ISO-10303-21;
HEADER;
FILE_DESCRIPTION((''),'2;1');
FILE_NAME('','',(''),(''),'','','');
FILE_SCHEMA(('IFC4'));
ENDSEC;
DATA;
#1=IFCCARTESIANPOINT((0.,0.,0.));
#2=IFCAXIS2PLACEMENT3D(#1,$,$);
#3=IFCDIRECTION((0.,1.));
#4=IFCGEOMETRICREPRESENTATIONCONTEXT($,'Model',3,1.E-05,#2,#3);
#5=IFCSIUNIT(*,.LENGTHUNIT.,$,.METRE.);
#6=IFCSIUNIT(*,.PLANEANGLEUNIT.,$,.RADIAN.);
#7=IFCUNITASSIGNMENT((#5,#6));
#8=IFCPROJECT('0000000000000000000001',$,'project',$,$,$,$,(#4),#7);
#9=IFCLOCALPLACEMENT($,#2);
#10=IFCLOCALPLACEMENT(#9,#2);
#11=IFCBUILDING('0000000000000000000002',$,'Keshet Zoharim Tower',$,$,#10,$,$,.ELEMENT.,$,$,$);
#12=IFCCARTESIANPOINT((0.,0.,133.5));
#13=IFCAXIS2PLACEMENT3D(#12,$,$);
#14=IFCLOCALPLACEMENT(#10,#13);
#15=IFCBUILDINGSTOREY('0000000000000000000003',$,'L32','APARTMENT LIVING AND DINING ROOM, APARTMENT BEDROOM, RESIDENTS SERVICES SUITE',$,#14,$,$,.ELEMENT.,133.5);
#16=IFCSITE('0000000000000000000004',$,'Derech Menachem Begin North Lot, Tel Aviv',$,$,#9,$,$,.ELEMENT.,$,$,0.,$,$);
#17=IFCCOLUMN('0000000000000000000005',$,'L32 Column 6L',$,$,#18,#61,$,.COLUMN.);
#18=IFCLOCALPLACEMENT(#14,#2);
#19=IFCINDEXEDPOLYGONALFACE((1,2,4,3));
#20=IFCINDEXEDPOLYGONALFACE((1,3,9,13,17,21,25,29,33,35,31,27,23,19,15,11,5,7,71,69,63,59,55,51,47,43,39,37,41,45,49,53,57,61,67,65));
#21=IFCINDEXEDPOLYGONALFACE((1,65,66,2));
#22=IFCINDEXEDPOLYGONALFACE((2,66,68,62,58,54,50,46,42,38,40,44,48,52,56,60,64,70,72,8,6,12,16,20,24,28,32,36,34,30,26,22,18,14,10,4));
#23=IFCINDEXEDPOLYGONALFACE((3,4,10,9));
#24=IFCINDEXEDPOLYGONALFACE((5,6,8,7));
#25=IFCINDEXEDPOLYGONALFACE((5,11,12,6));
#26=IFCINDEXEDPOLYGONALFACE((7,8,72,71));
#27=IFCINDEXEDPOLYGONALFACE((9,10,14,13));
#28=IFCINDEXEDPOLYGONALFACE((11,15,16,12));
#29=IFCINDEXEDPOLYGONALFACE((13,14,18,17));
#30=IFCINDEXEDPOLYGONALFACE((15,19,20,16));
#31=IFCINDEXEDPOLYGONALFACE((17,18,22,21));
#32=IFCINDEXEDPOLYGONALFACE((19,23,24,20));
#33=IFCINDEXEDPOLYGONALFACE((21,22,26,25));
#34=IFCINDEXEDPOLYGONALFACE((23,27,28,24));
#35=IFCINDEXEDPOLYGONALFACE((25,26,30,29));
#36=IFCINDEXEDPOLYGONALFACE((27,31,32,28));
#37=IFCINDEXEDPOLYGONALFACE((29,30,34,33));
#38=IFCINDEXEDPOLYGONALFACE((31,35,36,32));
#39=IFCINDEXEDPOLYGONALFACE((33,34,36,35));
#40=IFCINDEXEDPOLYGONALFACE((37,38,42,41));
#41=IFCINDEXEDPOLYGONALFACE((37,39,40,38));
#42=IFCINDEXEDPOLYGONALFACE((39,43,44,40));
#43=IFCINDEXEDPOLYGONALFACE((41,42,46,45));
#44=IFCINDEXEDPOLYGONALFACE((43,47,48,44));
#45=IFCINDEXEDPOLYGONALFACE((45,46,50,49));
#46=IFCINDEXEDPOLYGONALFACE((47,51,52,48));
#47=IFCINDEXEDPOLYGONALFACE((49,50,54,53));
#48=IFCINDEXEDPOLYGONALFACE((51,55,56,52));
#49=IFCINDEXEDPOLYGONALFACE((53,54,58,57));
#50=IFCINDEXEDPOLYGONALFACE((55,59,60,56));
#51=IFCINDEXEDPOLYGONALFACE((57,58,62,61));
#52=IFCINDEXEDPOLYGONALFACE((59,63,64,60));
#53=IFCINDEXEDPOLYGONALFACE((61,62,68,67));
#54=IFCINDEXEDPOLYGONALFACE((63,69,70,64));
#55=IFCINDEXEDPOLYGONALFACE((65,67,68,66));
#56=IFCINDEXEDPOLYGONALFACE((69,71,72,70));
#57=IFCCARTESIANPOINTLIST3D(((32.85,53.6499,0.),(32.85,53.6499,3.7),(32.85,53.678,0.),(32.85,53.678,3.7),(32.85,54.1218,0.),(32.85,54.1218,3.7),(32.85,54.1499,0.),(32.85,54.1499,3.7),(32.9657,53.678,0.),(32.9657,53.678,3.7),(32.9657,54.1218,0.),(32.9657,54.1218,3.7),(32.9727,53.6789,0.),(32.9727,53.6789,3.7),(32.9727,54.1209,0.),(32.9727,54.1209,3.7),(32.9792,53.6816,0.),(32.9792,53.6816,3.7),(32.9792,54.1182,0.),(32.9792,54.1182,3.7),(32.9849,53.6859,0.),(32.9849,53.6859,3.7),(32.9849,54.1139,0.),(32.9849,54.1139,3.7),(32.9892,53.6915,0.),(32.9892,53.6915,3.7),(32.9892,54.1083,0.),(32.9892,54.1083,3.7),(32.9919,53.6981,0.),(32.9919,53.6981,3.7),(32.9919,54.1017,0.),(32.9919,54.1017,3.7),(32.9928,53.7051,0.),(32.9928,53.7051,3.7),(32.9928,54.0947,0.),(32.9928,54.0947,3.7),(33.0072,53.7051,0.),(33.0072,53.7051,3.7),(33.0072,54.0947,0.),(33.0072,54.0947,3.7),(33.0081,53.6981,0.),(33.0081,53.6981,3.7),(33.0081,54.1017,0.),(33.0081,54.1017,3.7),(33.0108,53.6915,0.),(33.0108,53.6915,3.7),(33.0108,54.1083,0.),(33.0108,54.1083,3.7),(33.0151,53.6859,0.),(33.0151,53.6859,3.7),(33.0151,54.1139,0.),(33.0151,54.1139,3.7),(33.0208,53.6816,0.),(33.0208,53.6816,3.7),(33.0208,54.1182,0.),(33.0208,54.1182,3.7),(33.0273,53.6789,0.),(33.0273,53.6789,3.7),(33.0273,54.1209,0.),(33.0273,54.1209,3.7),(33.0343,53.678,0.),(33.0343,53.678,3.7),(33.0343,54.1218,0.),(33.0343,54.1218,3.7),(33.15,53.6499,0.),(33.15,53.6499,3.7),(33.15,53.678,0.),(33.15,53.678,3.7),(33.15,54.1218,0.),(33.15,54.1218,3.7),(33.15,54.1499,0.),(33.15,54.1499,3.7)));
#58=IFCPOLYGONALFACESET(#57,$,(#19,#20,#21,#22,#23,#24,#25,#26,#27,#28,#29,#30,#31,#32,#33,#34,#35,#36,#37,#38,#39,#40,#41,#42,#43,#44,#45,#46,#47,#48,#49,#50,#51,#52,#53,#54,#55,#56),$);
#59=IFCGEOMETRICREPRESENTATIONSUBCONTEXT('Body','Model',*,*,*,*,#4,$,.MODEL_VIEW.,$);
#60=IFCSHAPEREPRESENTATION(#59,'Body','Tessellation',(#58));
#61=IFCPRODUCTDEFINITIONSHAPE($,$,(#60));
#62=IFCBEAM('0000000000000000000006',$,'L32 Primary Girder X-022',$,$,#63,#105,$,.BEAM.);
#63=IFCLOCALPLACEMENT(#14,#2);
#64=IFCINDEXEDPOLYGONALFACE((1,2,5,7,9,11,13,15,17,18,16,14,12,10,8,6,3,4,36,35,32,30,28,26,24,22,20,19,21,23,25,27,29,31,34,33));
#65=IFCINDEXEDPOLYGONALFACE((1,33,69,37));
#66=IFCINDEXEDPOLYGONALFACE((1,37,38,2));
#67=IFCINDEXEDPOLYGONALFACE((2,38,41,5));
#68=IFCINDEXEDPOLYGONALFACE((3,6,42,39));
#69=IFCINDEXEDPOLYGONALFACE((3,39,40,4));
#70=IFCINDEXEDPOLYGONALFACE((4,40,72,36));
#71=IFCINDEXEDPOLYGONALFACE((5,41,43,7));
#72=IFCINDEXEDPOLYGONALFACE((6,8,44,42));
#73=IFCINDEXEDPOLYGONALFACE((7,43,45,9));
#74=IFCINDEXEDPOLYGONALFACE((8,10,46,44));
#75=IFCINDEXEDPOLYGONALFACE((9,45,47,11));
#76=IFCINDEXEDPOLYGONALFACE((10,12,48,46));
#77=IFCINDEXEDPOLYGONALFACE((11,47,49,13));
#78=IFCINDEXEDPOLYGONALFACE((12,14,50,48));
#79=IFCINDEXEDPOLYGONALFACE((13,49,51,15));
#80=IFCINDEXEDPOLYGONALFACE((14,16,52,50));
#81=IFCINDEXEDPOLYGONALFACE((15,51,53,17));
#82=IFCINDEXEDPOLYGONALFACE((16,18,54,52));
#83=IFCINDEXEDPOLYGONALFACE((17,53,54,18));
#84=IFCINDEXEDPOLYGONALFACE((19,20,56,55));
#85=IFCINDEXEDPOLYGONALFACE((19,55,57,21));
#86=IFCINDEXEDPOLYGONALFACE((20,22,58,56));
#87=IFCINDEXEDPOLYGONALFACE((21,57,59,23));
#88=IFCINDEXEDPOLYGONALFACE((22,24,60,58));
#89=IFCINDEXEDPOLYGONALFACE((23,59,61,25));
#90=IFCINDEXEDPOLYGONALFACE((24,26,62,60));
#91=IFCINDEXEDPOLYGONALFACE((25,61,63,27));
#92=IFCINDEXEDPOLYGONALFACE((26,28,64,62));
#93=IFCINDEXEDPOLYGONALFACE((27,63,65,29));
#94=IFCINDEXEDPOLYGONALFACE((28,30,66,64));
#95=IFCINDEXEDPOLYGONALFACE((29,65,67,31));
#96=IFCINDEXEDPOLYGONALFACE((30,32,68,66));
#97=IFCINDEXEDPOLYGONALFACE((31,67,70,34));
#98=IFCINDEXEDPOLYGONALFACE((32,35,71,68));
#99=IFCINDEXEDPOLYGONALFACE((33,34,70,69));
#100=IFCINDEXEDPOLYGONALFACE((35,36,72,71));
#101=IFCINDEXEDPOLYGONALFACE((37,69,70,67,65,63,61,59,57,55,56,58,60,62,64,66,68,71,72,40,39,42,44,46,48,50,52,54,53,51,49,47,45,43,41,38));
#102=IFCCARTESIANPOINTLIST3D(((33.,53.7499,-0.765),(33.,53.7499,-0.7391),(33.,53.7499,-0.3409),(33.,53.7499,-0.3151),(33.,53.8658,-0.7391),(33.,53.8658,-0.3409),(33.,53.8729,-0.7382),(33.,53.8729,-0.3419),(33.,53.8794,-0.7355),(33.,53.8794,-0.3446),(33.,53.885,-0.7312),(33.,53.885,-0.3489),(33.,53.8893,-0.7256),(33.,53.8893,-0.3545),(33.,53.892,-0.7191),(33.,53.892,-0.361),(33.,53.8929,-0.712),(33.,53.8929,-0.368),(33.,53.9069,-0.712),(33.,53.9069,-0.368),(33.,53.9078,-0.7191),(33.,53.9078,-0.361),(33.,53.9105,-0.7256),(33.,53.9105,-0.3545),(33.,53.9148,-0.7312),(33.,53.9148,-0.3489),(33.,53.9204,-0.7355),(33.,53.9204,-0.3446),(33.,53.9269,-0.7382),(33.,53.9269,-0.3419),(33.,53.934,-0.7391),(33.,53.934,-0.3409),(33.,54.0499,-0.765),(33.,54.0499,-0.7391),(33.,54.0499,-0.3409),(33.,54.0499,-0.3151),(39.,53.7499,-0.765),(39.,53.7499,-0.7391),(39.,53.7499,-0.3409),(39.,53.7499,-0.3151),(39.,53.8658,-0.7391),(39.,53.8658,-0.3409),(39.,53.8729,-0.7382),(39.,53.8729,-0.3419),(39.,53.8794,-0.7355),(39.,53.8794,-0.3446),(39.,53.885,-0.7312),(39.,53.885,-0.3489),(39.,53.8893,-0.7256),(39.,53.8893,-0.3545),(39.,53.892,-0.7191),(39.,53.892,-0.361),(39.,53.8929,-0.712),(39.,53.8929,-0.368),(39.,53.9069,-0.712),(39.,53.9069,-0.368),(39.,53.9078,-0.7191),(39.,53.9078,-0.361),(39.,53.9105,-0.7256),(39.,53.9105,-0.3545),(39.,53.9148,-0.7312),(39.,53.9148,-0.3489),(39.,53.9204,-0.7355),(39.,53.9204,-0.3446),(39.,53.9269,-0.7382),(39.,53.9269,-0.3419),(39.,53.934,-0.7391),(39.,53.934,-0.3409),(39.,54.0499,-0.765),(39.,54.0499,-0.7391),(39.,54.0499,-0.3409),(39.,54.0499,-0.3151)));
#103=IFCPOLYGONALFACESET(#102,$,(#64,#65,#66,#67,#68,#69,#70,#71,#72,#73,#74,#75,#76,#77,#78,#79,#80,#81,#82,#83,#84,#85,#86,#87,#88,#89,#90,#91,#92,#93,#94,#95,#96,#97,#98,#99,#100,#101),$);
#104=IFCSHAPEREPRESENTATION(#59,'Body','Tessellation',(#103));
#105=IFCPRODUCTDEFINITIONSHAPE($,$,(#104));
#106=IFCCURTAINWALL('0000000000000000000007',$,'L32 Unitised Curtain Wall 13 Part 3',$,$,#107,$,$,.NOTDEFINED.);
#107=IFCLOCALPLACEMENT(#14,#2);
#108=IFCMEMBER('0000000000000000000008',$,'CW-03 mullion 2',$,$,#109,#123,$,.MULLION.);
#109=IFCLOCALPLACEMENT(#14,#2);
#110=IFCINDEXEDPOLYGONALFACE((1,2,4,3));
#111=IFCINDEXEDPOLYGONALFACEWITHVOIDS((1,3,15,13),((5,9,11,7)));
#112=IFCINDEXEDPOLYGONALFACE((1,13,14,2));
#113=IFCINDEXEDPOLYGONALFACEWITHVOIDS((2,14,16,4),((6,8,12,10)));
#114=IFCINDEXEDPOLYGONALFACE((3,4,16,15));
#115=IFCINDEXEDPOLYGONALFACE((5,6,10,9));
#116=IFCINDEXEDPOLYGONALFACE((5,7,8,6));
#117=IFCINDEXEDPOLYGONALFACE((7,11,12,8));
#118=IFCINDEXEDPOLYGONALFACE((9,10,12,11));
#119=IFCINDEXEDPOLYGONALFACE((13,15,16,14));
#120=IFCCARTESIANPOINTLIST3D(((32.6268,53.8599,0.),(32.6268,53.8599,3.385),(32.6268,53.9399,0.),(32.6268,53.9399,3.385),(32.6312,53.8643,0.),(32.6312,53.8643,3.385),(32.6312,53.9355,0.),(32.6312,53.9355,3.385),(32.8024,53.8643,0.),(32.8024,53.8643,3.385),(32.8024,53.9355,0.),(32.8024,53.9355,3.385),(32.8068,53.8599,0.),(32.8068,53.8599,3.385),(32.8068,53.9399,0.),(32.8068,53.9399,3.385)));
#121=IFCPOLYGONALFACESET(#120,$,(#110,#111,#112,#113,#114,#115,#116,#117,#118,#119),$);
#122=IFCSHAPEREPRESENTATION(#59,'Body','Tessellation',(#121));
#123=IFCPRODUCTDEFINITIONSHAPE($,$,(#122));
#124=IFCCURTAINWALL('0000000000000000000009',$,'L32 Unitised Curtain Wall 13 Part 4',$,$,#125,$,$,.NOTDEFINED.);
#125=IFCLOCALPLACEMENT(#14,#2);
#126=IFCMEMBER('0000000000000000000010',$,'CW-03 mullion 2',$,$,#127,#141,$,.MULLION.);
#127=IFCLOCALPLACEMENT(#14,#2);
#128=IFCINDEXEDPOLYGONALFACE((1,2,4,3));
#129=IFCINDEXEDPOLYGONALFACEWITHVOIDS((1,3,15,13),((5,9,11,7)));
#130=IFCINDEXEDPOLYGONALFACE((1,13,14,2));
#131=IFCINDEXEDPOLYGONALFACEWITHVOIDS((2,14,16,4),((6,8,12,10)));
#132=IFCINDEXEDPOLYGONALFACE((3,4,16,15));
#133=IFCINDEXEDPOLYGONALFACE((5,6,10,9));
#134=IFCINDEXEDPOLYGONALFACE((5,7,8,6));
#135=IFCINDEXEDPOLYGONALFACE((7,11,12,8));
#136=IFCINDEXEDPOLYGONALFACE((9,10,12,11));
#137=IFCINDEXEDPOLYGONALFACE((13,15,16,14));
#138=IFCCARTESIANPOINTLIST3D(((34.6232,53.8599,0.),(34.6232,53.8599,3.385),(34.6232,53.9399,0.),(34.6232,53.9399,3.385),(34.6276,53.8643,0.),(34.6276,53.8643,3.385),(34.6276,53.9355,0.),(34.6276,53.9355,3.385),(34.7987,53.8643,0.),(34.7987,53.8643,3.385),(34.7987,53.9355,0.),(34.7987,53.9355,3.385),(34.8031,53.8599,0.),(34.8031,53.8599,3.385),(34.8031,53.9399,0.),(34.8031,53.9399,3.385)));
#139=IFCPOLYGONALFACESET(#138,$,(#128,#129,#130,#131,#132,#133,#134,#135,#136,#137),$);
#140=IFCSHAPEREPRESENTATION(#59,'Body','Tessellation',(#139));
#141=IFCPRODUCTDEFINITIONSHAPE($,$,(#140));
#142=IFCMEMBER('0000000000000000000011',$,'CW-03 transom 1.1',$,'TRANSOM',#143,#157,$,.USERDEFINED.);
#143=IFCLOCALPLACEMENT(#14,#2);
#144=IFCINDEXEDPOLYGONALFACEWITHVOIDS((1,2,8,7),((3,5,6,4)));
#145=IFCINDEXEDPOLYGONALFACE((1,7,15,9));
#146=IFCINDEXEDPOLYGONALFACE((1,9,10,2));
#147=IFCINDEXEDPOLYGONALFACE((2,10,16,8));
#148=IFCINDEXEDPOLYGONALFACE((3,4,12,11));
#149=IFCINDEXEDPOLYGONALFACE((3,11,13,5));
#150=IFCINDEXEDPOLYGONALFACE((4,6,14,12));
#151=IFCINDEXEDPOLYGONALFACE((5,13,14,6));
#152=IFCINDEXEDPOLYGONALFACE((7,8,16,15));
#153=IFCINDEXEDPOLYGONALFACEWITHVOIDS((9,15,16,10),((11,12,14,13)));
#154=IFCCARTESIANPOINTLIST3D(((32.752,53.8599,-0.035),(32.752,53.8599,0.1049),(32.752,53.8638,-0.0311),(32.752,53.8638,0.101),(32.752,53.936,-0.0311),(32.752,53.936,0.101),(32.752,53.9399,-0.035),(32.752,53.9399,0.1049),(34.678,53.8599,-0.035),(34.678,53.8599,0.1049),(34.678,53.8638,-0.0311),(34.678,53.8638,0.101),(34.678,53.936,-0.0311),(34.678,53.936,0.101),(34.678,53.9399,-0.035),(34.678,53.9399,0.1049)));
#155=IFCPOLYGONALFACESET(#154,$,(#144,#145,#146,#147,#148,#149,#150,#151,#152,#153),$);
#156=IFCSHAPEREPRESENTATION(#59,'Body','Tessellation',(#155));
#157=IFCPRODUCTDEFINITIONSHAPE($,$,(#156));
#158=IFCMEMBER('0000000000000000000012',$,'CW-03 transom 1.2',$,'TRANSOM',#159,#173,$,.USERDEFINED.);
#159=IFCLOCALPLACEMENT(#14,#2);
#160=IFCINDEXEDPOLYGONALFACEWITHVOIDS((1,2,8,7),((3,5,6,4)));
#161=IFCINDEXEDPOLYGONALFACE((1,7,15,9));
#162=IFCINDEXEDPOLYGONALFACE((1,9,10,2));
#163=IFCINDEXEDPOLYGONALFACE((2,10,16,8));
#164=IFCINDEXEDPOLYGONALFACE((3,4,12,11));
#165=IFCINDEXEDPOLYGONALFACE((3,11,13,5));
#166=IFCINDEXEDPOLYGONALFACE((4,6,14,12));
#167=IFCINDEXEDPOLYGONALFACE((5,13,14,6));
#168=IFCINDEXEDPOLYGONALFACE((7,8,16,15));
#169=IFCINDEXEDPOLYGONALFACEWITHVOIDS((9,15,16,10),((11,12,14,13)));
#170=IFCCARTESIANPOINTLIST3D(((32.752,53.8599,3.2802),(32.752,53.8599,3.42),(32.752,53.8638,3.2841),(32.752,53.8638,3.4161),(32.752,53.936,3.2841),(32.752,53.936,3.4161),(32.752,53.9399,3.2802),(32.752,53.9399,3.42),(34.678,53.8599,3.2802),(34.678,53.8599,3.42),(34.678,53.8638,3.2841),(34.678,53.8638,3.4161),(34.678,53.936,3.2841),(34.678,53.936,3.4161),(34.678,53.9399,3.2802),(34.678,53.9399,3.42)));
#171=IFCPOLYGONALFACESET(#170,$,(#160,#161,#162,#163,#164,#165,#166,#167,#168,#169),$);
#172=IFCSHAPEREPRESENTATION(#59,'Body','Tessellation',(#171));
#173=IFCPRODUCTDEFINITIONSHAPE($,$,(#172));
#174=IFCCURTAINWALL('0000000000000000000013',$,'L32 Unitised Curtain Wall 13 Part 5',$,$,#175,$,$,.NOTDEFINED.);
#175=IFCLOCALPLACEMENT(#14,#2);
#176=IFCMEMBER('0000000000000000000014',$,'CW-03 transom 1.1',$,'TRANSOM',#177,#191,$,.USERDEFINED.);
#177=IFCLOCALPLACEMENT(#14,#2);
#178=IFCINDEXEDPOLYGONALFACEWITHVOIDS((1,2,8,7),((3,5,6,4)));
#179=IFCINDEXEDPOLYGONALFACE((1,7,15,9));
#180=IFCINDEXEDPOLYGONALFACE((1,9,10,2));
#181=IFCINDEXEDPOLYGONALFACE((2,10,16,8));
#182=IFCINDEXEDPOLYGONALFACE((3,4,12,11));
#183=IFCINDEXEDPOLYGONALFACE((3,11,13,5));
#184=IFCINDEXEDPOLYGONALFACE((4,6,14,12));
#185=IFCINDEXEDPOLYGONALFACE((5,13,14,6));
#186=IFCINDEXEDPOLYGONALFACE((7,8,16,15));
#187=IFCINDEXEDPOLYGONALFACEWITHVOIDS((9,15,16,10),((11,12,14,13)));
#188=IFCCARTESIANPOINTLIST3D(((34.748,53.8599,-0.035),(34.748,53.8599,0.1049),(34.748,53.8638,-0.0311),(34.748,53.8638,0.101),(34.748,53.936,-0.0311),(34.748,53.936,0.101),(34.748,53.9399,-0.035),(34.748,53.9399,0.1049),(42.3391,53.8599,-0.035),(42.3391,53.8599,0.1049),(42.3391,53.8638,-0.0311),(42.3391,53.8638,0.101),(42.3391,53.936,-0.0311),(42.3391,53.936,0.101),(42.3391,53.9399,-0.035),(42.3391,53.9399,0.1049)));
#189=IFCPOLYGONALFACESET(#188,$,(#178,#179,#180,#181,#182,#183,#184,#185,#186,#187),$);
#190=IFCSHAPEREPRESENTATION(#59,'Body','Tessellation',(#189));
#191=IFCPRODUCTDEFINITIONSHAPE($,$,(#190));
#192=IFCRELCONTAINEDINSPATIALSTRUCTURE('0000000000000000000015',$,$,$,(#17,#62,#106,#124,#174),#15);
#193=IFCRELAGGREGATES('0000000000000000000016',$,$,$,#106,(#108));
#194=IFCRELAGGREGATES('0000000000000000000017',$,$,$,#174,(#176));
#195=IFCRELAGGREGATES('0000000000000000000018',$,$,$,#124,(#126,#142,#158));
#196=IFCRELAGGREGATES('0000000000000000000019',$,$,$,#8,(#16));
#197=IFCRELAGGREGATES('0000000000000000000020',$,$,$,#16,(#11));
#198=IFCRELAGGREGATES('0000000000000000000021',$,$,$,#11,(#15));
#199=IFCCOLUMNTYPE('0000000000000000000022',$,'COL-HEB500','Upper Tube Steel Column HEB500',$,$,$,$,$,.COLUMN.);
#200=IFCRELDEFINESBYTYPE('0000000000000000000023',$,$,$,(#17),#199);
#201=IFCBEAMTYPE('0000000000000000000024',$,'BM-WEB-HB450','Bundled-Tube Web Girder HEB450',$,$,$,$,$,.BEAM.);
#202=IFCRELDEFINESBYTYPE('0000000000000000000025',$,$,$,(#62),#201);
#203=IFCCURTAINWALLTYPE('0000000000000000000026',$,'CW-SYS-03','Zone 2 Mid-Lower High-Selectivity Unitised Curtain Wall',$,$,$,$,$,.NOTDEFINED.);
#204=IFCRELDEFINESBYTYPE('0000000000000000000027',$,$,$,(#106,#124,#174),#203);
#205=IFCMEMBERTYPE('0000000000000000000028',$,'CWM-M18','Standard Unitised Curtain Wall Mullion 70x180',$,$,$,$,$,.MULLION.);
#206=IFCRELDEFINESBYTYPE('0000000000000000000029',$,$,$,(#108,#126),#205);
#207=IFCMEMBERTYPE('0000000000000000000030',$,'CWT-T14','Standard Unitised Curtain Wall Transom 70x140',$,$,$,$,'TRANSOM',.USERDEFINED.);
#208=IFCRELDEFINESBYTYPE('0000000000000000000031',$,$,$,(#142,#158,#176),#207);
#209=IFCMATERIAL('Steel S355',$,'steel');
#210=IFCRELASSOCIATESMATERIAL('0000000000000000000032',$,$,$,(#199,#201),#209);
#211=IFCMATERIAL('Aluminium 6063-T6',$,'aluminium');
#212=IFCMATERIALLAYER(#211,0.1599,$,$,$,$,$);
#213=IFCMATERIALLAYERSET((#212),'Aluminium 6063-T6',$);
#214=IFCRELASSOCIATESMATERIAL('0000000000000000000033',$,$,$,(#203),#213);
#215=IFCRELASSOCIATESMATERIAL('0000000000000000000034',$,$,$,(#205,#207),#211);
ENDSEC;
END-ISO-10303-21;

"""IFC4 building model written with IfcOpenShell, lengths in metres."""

from ifc_helpers import new_model, si_unit, direction, frame, origin, origin_2d, place, context, subcontext, project, spatial, hollow_rectangle, i_section, extrude, material, layer, layer_set, material_profile, profile_set, type_object, element, aggregate, save


model = new_model("IFC4")

# Units and contexts
model_context = context("Model", 3, precision=1e-05, world=origin(), true_north=direction((0.0, 1.0)))
body_context = subcontext(model_context, "Body", "Model", "MODEL_VIEW")
ifc_project = project(units=[si_unit("LENGTHUNIT", "METRE"), si_unit("PLANEANGLEUNIT", "RADIAN")], contexts=[model_context])

# Site, building, storey
site_placement = place(None, origin())
site = spatial("IfcSite", under=ifc_project, at=site_placement, Name="Derech Menachem Begin North Lot, Tel Aviv", CompositionType="ELEMENT", RefElevation=0.0)
building_placement = place(site_placement, origin())
building = spatial("IfcBuilding", under=site, at=building_placement, Name="Keshet Zoharim Tower", CompositionType="ELEMENT")
storey_placement = place(building_placement, frame((0.0, 0.0, 133.5)))
storey = spatial("IfcBuildingStorey", under=building, at=storey_placement, Name="L32", Description="APARTMENT LIVING AND DINING ROOM, APARTMENT BEDROOM, RESIDENTS SERVICES SUITE", CompositionType="ELEMENT", Elevation=133.5)

# Column
ifc_material_1 = material(Name="Steel S355", Category="steel")
ifc_material_profile_1 = material_profile(ifc_material_1, i_section(OverallWidth=0.3, OverallDepth=0.5, WebThickness=0.0144, FlangeThickness=0.0281, FilletRadius=0.0271, at=origin_2d()), Name="HEB500")
ifc_profile_set_1 = profile_set([ifc_material_profile_1], Name="Steel S355")
column_type = type_object("IfcColumnType", Name="COL-HEB500", Description="Upper Tube Steel Column HEB500", PredefinedType="COLUMN", material=ifc_profile_set_1)
column_placement = place(storey_placement, frame((33.0, 53.8999, 0.0), z_axis=(0.0, 0.0, 1.0), x_axis=(1.0, 0.0, 0.0)))
element("IfcColumn", 1, at=column_placement, inside=storey, type_object=column_type, Name="L32 Column 6L", PredefinedType="COLUMN", context=body_context, shape_type="SweptSolid", body=[
    extrude(i_section(OverallWidth=0.3, OverallDepth=0.5, WebThickness=0.0144, FlangeThickness=0.0281, FilletRadius=0.0271, at=origin_2d()), origin(), (0.0, 0.0, 1.0), 3.7),
])

# Beam
ifc_material_profile_2 = material_profile(ifc_material_1, i_section(OverallWidth=0.3, OverallDepth=0.45, WebThickness=0.0139, FlangeThickness=0.0259, FilletRadius=0.0271, at=origin_2d()), Name="HEB450")
ifc_profile_set_2 = profile_set([ifc_material_profile_2], Name="Steel S355")
beam_type = type_object("IfcBeamType", Name="BM-WEB-HB450", Description="Bundled-Tube Web Girder HEB450", PredefinedType="BEAM", material=ifc_profile_set_2)
beam_placement = place(storey_placement, frame((33.0, 53.8999, -0.54), z_axis=(1.0, 0.0, 0.0), x_axis=(0.0, 1.0, 0.0)))
element("IfcBeam", 2, at=beam_placement, inside=storey, type_object=beam_type, Name="L32 Primary Girder X-022", PredefinedType="BEAM", context=body_context, shape_type="SweptSolid", body=[
    extrude(i_section(OverallWidth=0.3, OverallDepth=0.45, WebThickness=0.0139, FlangeThickness=0.0259, FilletRadius=0.0271, at=origin_2d()), origin(), (0.0, 0.0, 1.0), 6.0),
])

# Curtain wall, member
ifc_material_2 = material(Name="Aluminium 6063-T6", Category="aluminium")
ifc_layer_1 = layer(ifc_material_2, 0.1599)
ifc_layer_set_1 = layer_set([ifc_layer_1], Name="Aluminium 6063-T6")
curtain_wall_type = type_object("IfcCurtainWallType", Name="CW-SYS-03", Description="Zone 2 Mid-Lower High-Selectivity Unitised Curtain Wall", PredefinedType="NOTDEFINED", material=ifc_layer_set_1)
curtain_wall_1_placement = place(storey_placement, origin())
curtain_wall_1 = element("IfcCurtainWall", 3, at=curtain_wall_1_placement, inside=storey, type_object=curtain_wall_type, Name="L32 Unitised Curtain Wall 13 Part 3", PredefinedType="NOTDEFINED")
ifc_material_profile_3 = material_profile(ifc_material_2, hollow_rectangle(XDim=0.0801, YDim=0.1799, WallThickness=0.0044, at=origin_2d()), Name="MUL-80x180")
ifc_profile_set_3 = profile_set([ifc_material_profile_3], Name="Aluminium 6063-T6")
member_type_1 = type_object("IfcMemberType", Name="CWM-M18", Description="Standard Unitised Curtain Wall Mullion 70x180", PredefinedType="MULLION", material=ifc_profile_set_3)
member_1_placement = place(storey_placement, frame((32.7168, 53.8999, 0.0), z_axis=(0.0, 0.0, 1.0), x_axis=(0.0, 1.0, 0.0)))
member_1 = element("IfcMember", 4, at=member_1_placement, type_object=member_type_1, Name="CW-03 mullion 2", PredefinedType="MULLION", context=body_context, shape_type="SweptSolid", body=[
    extrude(hollow_rectangle(XDim=0.0801, YDim=0.1799, WallThickness=0.0044, at=origin_2d()), origin(), (0.0, 0.0, 1.0), 3.385),
])
aggregate(curtain_wall_1, [member_1])

# Curtain walls, members
curtain_wall_2_placement = place(storey_placement, origin())
curtain_wall_2 = element("IfcCurtainWall", 5, at=curtain_wall_2_placement, inside=storey, type_object=curtain_wall_type, Name="L32 Unitised Curtain Wall 13 Part 4", PredefinedType="NOTDEFINED")
member_2_placement = place(storey_placement, frame((34.7131, 53.8999, 0.0), z_axis=(0.0, 0.0, 1.0), x_axis=(0.0, 1.0, 0.0)))
member_2 = element("IfcMember", 6, at=member_2_placement, type_object=member_type_1, Name="CW-03 mullion 2", PredefinedType="MULLION", context=body_context, shape_type="SweptSolid", body=[
    extrude(hollow_rectangle(XDim=0.0801, YDim=0.1799, WallThickness=0.0044, at=origin_2d()), origin(), (0.0, 0.0, 1.0), 3.385),
])
ifc_material_profile_4 = material_profile(ifc_material_2, hollow_rectangle(XDim=0.0801, YDim=0.1399, WallThickness=0.0039, at=origin_2d()), Name="TRN-80x140")
ifc_profile_set_4 = profile_set([ifc_material_profile_4], Name="Aluminium 6063-T6")
member_type_2 = type_object("IfcMemberType", Name="CWT-T14", Description="Standard Unitised Curtain Wall Transom 70x140", ElementType="TRANSOM", PredefinedType="USERDEFINED", material=ifc_profile_set_4)
member_3_placement = place(storey_placement, frame((32.752, 53.8999, 0.0349), z_axis=(1.0, 0.0, 0.0), x_axis=(0.0, 1.0, 0.0)))
member_3 = element("IfcMember", 7, at=member_3_placement, type_object=member_type_2, Name="CW-03 transom 1.1", ObjectType="TRANSOM", PredefinedType="USERDEFINED", context=body_context, shape_type="SweptSolid", body=[
    extrude(hollow_rectangle(XDim=0.0801, YDim=0.1399, WallThickness=0.0039, at=origin_2d()), origin(), (0.0, 0.0, 1.0), 1.926),
])
member_4_placement = place(storey_placement, frame((32.752, 53.8999, 3.3501), z_axis=(1.0, 0.0, 0.0), x_axis=(0.0, 1.0, 0.0)))
member_4 = element("IfcMember", 8, at=member_4_placement, type_object=member_type_2, Name="CW-03 transom 1.2", ObjectType="TRANSOM", PredefinedType="USERDEFINED", context=body_context, shape_type="SweptSolid", body=[
    extrude(hollow_rectangle(XDim=0.0801, YDim=0.1399, WallThickness=0.0039, at=origin_2d()), origin(), (0.0, 0.0, 1.0), 1.926),
])
curtain_wall_3_placement = place(storey_placement, origin())
curtain_wall_3 = element("IfcCurtainWall", 9, at=curtain_wall_3_placement, inside=storey, type_object=curtain_wall_type, Name="L32 Unitised Curtain Wall 13 Part 5", PredefinedType="NOTDEFINED")
member_5_placement = place(storey_placement, frame((34.748, 53.8999, 0.0349), z_axis=(1.0, 0.0, 0.0), x_axis=(0.0, 1.0, 0.0)))
member_5 = element("IfcMember", 10, at=member_5_placement, type_object=member_type_2, Name="CW-03 transom 1.1", ObjectType="TRANSOM", PredefinedType="USERDEFINED", context=body_context, shape_type="SweptSolid", body=[
    extrude(hollow_rectangle(XDim=0.0801, YDim=0.1399, WallThickness=0.0039, at=origin_2d()), origin(), (0.0, 0.0, 1.0), 7.5911),
])
aggregate(curtain_wall_3, [member_5])

aggregate(curtain_wall_2, [member_2, member_3, member_4])

save(model, "model.ifc")
